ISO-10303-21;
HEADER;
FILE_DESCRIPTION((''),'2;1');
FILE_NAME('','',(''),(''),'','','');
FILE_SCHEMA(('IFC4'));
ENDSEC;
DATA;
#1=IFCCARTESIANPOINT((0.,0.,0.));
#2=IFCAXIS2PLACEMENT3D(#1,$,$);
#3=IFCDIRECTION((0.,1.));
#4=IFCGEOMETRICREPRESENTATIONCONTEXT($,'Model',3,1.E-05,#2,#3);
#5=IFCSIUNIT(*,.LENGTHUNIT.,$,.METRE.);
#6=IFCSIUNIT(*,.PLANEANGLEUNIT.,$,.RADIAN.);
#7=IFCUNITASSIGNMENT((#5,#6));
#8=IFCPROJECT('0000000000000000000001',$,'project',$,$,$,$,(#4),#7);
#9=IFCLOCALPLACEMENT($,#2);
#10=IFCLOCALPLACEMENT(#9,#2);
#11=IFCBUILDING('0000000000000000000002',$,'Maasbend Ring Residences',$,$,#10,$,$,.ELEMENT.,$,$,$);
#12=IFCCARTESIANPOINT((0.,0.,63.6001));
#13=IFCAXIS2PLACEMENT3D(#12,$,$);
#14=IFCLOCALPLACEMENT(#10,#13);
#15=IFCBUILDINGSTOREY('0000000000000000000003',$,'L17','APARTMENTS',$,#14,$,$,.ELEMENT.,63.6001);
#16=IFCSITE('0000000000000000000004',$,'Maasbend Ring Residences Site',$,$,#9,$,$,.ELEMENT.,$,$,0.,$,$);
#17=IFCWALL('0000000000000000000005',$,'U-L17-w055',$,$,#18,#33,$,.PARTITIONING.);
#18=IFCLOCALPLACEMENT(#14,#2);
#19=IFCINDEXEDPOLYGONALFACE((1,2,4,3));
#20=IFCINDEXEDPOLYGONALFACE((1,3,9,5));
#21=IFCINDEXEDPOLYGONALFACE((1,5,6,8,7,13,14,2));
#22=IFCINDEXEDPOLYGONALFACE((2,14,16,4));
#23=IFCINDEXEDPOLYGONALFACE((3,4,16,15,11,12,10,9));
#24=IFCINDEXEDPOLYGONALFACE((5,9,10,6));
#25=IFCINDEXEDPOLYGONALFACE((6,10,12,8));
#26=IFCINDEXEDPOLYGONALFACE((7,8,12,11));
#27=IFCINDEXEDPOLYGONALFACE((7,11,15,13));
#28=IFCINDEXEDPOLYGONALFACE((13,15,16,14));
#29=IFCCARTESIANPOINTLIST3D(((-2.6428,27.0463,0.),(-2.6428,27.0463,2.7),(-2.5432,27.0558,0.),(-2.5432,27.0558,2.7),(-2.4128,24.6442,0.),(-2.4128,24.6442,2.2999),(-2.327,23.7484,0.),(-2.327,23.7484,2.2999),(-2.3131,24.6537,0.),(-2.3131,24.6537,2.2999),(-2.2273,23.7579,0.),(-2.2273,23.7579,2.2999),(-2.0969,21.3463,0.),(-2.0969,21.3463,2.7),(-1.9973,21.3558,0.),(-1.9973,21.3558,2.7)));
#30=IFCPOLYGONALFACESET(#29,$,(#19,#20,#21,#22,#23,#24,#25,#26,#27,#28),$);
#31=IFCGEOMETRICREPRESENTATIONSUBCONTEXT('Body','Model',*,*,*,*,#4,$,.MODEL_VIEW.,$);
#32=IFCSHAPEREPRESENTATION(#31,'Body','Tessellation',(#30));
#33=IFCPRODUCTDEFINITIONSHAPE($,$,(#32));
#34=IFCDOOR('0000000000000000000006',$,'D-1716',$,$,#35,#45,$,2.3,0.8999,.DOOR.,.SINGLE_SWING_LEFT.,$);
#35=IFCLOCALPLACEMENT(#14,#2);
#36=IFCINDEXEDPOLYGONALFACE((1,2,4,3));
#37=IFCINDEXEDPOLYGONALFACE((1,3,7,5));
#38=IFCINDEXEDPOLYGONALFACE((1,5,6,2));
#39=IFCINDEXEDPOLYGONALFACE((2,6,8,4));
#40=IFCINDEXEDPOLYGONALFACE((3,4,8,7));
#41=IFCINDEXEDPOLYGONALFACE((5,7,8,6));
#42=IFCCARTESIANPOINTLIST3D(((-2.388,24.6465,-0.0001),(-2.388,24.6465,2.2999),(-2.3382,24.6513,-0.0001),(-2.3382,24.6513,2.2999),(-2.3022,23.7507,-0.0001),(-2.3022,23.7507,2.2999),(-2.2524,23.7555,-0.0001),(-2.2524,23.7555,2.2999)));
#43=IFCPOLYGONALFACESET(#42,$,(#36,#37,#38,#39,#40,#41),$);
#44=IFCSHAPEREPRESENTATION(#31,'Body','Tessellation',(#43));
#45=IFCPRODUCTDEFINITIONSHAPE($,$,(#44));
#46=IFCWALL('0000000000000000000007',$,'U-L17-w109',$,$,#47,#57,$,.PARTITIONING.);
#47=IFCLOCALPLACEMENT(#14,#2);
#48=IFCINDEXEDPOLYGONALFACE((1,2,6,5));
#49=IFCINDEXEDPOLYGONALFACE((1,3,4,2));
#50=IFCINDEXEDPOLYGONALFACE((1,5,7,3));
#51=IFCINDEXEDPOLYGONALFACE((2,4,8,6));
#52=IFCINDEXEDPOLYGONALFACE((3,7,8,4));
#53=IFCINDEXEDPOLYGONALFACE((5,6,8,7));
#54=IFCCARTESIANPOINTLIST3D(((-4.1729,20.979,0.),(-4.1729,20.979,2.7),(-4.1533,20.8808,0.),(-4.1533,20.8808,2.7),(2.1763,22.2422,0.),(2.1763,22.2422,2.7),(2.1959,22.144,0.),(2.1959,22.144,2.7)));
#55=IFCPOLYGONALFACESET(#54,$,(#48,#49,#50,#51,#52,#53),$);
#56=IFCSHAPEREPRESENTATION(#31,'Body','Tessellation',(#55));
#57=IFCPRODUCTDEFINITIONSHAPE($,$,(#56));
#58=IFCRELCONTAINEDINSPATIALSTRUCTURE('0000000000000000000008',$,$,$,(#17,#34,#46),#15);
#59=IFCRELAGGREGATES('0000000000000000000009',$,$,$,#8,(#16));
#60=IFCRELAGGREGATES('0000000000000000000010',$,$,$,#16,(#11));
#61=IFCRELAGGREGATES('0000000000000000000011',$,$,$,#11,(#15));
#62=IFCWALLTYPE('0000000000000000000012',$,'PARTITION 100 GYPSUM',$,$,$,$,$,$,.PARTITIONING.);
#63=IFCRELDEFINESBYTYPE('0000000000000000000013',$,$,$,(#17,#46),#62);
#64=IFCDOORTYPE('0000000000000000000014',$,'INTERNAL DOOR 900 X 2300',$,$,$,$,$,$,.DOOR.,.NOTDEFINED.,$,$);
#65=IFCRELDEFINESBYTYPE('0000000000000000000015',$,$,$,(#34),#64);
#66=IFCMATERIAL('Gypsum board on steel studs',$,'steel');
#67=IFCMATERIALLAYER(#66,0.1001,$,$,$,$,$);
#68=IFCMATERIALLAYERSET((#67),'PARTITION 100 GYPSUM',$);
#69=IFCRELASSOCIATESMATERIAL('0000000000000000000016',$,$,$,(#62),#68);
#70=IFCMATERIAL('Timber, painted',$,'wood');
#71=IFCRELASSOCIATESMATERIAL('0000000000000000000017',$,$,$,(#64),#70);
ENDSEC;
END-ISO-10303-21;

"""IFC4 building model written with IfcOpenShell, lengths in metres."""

from ifc_helpers import new_model, si_unit, direction, frame, frame_2d, origin, place, context, subcontext, project, spatial, rectangle, extrude, material, layer, layer_set, type_object, element, fill, save


model = new_model("IFC4")

# Units and contexts
model_context = context("Model", 3, precision=1e-05, world=origin(), true_north=direction((0.0, 1.0)))
body_context = subcontext(model_context, "Body", "Model", "MODEL_VIEW")
ifc_project = project(units=[si_unit("LENGTHUNIT", "METRE"), si_unit("PLANEANGLEUNIT", "RADIAN")], contexts=[model_context])

# Site, building, storey
site_placement = place(None, origin())
site = spatial("IfcSite", under=ifc_project, at=site_placement, Name="Maasbend Ring Residences Site", CompositionType="ELEMENT", RefElevation=0.0)
building_placement = place(site_placement, origin())
building = spatial("IfcBuilding", under=site, at=building_placement, Name="Maasbend Ring Residences", CompositionType="ELEMENT")
storey_placement = place(building_placement, frame((0.0, 0.0, 63.6001)))
storey = spatial("IfcBuildingStorey", under=building, at=storey_placement, Name="L17", Description="APARTMENTS", CompositionType="ELEMENT", Elevation=63.6001)

# Shared definitions
ifc_material_1 = material(Name="Gypsum board on steel studs", Category="steel")
ifc_layer_1 = layer(ifc_material_1, 0.1001)
ifc_layer_set_1 = layer_set([ifc_layer_1], Name="PARTITION 100 GYPSUM")
wall_type_1 = type_object("IfcWallType", Name="PARTITION 100 GYPSUM", PredefinedType="PARTITIONING", material=ifc_layer_set_1)
ifc_material_2 = material(Name="Timber, painted", Category="wood")
door_type_1 = type_object("IfcDoorType", Name="INTERNAL DOOR 900 X 2300", OperationType="NOTDEFINED", PredefinedType="DOOR", material=ifc_material_2)

# Wall, opening, door
wall_1_placement = place(storey_placement, frame((-2.593, 27.051, 0.0), z_axis=(0.0, 0.0, 1.0), x_axis=(0.095336, -0.995445, 0.0)))
wall_1 = element("IfcWall", 1, at=wall_1_placement, inside=storey, type_object=wall_type_1, Name="U-L17-w055", PredefinedType="PARTITIONING", context=body_context, shape_type="SweptSolid", body=[
    extrude(rectangle(XDim=5.7261, YDim=0.1001, at=frame_2d((2.863, 0.0))), origin(), (0.0, 0.0, 1.0), 2.7),
])
opening_1_placement = place(wall_1_placement, frame((2.4131, 0.0, 0.0)))
opening_1 = element("IfcOpeningElement", 2, at=opening_1_placement, cuts=wall_1, PredefinedType="OPENING", context=body_context, shape_type="SweptSolid", body=[
    extrude(rectangle(XDim=0.8999, YDim=2.3, at=frame_2d((0.45, 1.1499))), frame((0.0, 0.0601, 0.0), z_axis=(0.0, -1.0, 0.0), x_axis=(1.0, 0.0, 0.0)), (0.0, 0.0, 1.0), 0.1201),
])
door_1_placement = place(opening_1_placement, origin())
door_1 = element("IfcDoor", 3, at=door_1_placement, inside=storey, type_object=door_type_1, Name="D-1716", OperationType="SINGLE_SWING_LEFT", OverallHeight=2.3, OverallWidth=0.8999, PredefinedType="DOOR", context=body_context, shape_type="SweptSolid", body=[
    extrude(rectangle(XDim=0.8999, YDim=2.3, at=frame_2d((0.45, 1.1499))), frame((0.0, 0.0249, 0.0), z_axis=(0.0, -1.0, 0.0), x_axis=(1.0, 0.0, 0.0)), (0.0, 0.0, 1.0), 0.05),
])
fill(opening_1, door_1)

# Wall
wall_2_placement = place(storey_placement, frame((-4.1631, 20.9299, 0.0), z_axis=(0.0, 0.0, 1.0), x_axis=(0.980777, 0.19513, 0.0)))
element("IfcWall", 4, at=wall_2_placement, inside=storey, type_object=wall_type_1, Name="U-L17-w109", PredefinedType="PARTITIONING", context=body_context, shape_type="SweptSolid", body=[
    extrude(rectangle(XDim=6.4736, YDim=0.1001, at=frame_2d((3.2368, 0.0))), origin(), (0.0, 0.0, 1.0), 2.7),
])

save(model, "model.ifc")
